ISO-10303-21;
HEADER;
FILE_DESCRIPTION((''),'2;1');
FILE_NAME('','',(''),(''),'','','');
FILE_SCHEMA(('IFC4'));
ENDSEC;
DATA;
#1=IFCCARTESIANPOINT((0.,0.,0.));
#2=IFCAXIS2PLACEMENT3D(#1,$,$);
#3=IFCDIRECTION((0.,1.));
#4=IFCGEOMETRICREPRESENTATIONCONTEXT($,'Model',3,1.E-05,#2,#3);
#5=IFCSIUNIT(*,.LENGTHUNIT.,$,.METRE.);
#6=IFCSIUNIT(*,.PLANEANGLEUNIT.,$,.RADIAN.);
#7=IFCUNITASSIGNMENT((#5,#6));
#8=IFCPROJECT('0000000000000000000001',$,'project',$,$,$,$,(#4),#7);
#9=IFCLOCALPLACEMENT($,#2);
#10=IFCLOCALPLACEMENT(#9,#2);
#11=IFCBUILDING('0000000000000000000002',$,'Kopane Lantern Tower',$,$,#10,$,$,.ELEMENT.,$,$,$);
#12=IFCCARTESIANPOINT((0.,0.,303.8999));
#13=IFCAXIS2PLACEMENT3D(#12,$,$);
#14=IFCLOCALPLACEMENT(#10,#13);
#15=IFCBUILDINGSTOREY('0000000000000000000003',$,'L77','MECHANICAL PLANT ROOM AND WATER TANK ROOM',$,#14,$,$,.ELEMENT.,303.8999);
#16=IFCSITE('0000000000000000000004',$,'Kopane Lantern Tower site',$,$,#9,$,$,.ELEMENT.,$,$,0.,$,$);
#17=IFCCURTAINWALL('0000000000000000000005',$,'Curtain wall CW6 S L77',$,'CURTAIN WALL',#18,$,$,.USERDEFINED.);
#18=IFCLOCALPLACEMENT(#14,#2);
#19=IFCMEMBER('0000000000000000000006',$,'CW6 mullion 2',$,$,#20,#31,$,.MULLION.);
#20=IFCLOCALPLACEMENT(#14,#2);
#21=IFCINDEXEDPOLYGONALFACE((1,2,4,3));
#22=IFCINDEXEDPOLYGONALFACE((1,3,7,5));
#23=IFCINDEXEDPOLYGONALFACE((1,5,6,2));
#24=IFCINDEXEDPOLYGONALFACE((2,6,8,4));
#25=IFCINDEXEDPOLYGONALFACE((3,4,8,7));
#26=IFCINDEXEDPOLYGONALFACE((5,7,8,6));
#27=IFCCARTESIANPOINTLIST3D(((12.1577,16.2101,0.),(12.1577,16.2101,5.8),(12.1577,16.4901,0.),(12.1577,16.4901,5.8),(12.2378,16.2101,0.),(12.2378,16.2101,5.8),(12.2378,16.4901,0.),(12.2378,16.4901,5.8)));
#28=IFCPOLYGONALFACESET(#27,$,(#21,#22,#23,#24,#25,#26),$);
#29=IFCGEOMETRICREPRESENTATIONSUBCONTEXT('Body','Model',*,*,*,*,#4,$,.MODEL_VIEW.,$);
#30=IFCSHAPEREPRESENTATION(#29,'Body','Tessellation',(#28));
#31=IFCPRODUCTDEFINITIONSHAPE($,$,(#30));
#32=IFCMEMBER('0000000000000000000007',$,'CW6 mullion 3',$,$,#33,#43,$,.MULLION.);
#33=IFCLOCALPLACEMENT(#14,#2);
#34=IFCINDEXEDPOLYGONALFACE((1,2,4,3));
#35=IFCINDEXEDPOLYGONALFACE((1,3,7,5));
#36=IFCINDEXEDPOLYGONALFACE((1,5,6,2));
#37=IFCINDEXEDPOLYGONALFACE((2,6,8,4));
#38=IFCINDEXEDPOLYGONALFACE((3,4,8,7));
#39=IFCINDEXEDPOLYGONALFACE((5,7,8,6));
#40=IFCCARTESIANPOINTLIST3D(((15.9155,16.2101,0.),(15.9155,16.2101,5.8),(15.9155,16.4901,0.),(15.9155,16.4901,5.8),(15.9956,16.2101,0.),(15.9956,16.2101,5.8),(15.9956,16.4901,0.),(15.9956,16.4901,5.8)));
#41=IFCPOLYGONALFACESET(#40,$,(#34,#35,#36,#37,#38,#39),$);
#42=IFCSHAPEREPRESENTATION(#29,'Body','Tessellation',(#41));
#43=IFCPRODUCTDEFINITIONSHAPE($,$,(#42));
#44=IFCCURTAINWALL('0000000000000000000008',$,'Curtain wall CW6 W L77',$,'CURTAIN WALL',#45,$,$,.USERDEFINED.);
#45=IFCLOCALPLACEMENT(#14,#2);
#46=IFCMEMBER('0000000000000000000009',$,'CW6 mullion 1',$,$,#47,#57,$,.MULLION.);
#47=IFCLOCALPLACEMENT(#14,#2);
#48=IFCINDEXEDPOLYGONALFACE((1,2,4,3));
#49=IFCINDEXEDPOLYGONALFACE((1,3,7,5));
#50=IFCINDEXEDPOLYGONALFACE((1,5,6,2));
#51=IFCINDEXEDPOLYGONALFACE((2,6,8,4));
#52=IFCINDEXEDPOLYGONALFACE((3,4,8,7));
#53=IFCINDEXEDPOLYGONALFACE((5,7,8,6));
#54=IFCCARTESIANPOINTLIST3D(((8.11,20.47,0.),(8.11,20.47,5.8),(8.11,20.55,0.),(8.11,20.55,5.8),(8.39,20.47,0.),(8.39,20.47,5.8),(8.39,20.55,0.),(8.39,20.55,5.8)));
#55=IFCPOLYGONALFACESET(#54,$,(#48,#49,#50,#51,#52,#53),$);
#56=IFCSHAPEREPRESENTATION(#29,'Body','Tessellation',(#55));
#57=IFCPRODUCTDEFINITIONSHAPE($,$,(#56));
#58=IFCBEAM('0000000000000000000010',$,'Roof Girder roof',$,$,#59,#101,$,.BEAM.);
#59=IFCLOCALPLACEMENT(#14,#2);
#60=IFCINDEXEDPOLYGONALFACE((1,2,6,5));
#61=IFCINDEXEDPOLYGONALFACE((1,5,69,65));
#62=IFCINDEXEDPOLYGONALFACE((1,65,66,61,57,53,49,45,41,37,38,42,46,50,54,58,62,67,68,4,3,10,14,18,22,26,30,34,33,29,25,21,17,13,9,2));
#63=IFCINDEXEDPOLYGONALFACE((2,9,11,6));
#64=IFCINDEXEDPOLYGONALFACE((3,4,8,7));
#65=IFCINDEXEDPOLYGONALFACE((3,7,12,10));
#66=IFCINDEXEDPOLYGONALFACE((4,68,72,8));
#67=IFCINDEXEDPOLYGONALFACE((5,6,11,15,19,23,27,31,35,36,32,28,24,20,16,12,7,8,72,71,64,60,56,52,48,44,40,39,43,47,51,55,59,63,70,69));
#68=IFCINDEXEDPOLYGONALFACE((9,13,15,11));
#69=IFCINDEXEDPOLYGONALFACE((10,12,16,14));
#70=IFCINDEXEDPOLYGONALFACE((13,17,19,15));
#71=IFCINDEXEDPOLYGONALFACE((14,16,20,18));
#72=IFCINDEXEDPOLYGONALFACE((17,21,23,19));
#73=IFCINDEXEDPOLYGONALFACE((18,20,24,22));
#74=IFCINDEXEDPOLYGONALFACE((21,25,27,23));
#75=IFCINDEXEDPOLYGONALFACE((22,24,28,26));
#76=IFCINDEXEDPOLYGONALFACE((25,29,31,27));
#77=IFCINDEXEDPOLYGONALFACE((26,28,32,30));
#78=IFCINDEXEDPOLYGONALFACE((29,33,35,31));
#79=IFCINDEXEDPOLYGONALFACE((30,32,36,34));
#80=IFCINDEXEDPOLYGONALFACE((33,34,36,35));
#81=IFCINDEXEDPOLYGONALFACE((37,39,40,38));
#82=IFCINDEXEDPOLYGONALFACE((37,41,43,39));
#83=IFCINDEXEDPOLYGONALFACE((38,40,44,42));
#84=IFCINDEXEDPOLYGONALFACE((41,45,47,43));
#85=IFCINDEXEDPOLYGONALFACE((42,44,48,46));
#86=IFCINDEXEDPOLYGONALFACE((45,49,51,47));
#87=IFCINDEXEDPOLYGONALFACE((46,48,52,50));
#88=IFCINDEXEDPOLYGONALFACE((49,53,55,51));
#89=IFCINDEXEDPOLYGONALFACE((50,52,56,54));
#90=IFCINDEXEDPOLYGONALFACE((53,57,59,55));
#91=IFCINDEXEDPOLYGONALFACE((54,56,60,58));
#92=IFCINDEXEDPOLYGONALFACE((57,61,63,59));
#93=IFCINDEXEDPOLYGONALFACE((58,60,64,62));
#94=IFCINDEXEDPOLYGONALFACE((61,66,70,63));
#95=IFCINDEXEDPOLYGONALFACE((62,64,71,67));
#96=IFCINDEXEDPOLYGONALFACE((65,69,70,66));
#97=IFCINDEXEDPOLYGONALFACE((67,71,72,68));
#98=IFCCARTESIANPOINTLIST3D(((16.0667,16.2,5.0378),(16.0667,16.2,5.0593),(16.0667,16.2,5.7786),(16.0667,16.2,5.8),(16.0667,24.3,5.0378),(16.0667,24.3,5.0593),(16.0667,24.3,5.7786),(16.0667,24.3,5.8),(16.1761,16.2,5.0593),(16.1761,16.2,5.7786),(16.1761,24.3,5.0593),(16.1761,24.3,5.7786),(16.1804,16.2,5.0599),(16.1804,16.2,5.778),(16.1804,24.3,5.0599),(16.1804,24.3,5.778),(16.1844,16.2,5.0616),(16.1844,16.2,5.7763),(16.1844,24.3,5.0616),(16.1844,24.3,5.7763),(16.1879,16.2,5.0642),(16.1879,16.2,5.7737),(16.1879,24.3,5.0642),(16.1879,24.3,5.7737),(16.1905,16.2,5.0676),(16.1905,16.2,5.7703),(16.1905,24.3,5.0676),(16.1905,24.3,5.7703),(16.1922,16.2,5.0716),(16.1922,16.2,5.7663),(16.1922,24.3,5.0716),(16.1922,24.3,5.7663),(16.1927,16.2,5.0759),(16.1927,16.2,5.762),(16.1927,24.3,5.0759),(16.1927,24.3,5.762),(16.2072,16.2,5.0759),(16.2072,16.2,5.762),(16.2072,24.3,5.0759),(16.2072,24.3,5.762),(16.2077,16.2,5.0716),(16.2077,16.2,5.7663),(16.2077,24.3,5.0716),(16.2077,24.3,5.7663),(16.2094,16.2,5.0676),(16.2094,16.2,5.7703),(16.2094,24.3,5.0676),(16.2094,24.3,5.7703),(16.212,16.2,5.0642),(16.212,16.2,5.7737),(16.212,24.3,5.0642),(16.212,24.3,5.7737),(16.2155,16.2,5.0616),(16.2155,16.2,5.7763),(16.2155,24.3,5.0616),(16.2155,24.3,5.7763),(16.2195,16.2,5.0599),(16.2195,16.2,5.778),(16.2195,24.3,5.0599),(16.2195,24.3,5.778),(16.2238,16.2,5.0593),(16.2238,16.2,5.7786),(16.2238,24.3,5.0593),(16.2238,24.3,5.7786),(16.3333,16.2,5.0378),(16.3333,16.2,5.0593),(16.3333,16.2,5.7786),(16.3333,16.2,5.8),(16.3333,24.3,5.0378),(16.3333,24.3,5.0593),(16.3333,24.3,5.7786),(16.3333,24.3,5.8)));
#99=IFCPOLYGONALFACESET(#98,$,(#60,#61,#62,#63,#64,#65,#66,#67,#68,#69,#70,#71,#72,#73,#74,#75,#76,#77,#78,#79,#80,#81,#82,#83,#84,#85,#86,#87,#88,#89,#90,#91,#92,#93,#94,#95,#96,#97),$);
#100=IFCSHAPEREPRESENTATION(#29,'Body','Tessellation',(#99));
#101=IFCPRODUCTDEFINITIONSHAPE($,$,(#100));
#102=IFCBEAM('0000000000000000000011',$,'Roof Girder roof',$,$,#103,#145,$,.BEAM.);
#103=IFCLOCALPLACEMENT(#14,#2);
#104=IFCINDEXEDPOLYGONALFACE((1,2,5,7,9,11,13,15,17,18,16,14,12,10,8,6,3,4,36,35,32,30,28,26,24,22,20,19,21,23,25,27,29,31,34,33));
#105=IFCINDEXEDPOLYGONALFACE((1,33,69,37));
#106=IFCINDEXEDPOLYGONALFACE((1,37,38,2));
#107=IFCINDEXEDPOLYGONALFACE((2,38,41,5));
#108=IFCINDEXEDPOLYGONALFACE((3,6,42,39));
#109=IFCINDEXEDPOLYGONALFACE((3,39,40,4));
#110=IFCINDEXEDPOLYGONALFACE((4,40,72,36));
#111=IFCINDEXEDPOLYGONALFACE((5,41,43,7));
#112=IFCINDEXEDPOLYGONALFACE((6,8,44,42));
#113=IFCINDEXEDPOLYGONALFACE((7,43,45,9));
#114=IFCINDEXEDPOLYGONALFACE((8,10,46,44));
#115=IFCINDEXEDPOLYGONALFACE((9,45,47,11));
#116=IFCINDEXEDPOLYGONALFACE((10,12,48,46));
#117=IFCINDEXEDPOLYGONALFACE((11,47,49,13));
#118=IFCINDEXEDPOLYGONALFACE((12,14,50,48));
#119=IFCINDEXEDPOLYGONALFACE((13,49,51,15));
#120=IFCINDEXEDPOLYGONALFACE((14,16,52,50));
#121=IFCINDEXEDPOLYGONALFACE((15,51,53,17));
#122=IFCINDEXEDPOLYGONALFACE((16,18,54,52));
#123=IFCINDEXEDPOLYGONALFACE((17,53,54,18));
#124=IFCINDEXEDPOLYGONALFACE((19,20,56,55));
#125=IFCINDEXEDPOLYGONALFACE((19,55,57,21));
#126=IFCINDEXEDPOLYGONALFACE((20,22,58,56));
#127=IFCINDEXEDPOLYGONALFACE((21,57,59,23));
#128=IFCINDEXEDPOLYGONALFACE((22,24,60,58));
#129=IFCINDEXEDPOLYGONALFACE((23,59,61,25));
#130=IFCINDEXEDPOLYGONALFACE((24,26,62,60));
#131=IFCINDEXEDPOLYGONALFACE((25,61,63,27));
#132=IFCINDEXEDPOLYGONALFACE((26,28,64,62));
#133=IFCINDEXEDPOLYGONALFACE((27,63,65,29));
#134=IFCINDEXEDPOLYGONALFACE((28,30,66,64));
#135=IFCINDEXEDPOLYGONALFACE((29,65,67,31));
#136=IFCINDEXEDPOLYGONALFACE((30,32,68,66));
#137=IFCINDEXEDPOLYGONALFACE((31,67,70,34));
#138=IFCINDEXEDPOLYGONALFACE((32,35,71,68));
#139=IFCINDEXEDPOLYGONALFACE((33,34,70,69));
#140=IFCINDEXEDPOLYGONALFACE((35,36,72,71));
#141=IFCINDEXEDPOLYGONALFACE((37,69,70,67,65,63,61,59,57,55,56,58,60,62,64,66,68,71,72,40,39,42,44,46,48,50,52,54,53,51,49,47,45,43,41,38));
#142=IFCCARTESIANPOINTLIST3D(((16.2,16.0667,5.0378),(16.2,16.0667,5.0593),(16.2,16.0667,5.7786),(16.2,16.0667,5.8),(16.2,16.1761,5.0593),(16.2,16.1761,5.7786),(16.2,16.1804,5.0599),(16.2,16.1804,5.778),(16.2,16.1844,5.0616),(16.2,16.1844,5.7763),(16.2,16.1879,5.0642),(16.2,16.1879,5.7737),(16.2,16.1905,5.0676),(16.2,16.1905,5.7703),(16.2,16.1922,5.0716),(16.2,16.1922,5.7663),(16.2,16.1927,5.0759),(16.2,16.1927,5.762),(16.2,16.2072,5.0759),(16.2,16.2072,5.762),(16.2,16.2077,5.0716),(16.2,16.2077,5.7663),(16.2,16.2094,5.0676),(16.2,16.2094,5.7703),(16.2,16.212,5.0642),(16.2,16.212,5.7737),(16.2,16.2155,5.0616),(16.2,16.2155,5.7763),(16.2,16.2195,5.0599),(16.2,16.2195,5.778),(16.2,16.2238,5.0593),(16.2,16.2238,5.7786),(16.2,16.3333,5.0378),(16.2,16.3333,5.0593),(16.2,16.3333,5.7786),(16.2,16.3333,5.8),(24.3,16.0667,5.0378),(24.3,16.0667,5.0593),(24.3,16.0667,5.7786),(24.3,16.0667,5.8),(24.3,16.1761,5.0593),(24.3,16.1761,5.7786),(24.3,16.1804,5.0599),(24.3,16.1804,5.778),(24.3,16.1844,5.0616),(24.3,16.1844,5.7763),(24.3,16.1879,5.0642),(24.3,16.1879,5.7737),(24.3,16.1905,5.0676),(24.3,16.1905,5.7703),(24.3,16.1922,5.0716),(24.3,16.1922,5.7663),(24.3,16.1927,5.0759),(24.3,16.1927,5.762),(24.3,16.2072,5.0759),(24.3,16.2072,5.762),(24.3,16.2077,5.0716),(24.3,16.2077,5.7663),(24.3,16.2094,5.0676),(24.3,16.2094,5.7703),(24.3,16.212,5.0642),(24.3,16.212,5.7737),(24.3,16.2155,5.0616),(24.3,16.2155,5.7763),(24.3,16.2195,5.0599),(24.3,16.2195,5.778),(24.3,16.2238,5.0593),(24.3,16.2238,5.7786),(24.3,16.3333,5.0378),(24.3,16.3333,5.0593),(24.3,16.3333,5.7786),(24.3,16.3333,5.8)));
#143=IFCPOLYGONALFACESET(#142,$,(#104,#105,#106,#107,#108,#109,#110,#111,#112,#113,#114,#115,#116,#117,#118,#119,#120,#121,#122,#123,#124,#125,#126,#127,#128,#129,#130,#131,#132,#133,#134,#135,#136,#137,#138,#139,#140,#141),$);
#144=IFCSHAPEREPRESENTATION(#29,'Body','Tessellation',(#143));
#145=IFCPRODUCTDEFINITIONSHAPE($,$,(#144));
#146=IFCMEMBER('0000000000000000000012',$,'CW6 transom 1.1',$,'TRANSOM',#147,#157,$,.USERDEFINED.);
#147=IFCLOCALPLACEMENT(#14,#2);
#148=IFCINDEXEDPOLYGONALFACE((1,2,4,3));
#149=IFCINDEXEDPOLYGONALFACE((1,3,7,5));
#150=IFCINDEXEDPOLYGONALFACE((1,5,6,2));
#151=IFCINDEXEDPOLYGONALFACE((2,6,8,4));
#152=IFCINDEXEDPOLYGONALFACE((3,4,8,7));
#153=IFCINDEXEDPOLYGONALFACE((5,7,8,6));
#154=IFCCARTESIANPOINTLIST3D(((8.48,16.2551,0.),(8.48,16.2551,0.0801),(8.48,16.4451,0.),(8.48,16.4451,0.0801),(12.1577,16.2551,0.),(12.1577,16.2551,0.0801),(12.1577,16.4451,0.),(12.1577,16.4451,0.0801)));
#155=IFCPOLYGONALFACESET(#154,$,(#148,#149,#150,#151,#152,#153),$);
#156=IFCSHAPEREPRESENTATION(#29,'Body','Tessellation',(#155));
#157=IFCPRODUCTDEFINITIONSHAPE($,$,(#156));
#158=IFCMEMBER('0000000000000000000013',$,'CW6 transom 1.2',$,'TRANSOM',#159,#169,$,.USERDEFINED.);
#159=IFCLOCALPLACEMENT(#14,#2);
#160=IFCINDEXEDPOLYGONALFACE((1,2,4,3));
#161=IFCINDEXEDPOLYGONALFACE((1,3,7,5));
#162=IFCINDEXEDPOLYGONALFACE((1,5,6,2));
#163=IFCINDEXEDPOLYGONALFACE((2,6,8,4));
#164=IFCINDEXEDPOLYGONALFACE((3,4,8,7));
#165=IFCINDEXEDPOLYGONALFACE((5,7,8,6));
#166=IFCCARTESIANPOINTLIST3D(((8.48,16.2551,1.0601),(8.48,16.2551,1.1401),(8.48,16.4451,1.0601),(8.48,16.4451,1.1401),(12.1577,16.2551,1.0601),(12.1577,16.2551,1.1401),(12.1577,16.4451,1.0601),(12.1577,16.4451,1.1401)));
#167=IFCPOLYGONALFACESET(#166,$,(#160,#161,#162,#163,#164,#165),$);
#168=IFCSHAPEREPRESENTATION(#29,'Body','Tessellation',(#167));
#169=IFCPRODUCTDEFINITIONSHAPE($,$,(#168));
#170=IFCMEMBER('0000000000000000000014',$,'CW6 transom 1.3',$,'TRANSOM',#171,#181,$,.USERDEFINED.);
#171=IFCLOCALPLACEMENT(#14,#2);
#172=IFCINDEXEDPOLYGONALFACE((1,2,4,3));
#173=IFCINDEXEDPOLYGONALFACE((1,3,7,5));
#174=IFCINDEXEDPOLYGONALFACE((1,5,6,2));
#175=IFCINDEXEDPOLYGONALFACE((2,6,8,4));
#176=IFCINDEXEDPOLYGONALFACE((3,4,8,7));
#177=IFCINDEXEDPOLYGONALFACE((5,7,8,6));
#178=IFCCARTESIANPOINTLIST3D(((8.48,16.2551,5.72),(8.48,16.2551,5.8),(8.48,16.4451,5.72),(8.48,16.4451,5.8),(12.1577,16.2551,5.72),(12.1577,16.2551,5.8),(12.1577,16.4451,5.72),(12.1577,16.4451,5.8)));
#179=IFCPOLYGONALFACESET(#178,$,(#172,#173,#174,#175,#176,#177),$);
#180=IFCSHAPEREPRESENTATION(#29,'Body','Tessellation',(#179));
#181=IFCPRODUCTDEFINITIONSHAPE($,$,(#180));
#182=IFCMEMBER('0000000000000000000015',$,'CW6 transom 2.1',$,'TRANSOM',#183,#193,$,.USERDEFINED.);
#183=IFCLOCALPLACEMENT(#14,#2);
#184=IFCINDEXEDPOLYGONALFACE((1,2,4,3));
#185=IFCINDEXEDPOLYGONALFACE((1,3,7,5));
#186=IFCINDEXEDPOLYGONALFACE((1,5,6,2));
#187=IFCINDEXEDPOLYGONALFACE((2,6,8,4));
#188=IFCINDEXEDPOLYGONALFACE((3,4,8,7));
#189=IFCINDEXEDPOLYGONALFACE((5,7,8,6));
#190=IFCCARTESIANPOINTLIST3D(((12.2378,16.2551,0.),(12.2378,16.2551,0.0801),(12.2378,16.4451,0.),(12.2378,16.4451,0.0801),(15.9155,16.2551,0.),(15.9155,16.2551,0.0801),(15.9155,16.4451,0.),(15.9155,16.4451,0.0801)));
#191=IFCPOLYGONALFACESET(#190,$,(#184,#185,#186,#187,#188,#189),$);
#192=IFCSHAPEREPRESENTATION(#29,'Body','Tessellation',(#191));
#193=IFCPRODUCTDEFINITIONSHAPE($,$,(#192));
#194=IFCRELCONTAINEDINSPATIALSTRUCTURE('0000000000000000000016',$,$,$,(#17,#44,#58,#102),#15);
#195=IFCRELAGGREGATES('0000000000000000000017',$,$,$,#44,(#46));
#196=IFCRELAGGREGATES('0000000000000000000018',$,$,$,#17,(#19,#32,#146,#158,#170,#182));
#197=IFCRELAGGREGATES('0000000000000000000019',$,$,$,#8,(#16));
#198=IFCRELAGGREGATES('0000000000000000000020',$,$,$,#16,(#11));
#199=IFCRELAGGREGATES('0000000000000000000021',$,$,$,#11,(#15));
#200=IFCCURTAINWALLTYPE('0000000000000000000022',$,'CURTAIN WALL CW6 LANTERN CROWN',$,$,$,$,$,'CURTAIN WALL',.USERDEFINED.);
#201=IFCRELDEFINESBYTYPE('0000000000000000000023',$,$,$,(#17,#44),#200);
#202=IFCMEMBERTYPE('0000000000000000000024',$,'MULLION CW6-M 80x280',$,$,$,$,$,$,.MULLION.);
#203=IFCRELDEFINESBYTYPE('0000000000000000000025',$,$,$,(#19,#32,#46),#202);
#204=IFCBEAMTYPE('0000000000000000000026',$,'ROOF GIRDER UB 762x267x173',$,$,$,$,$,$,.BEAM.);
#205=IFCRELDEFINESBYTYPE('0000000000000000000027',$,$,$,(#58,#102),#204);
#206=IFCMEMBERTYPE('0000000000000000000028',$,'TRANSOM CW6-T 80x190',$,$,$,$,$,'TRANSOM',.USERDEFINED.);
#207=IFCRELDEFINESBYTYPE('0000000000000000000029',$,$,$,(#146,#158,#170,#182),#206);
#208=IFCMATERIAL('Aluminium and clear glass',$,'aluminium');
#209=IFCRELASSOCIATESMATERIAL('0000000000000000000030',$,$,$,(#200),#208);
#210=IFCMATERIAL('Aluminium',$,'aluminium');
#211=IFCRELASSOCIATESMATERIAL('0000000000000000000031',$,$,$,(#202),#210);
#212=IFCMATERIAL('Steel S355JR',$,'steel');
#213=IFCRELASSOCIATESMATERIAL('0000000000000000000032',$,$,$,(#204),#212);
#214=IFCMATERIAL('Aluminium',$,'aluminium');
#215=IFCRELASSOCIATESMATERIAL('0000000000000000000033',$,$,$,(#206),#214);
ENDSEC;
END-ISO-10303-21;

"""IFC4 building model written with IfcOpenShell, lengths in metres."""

from ifc_helpers import new_model, si_unit, direction, frame, origin, origin_2d, place, context, subcontext, project, spatial, rectangle, i_section, extrude, material, material_profile, profile_set, type_object, element, aggregate, save


model = new_model("IFC4")

# Units and contexts
model_context = context("Model", 3, precision=1e-05, world=origin(), true_north=direction((0.0, 1.0)))
body_context = subcontext(model_context, "Body", "Model", "MODEL_VIEW")
ifc_project = project(units=[si_unit("LENGTHUNIT", "METRE"), si_unit("PLANEANGLEUNIT", "RADIAN")], contexts=[model_context])

# Site, building, storey
site_placement = place(None, origin())
site = spatial("IfcSite", under=ifc_project, at=site_placement, Name="Kopane Lantern Tower site", CompositionType="ELEMENT", RefElevation=0.0)
building_placement = place(site_placement, origin())
building = spatial("IfcBuilding", under=site, at=building_placement, Name="Kopane Lantern Tower", CompositionType="ELEMENT")
storey_placement = place(building_placement, frame((0.0, 0.0, 303.8999)))
storey = spatial("IfcBuildingStorey", under=building, at=storey_placement, Name="L77", Description="MECHANICAL PLANT ROOM AND WATER TANK ROOM", CompositionType="ELEMENT", Elevation=303.8999)

# Curtain wall, members
ifc_material_1 = material(Name="Aluminium and clear glass", Category="aluminium")
curtain_wall_type = type_object("IfcCurtainWallType", Name="CURTAIN WALL CW6 LANTERN CROWN", ElementType="CURTAIN WALL", PredefinedType="USERDEFINED", material=ifc_material_1)
curtain_wall_1_placement = place(storey_placement, origin())
curtain_wall_1 = element("IfcCurtainWall", 1, at=curtain_wall_1_placement, inside=storey, type_object=curtain_wall_type, Name="Curtain wall CW6 S L77", ObjectType="CURTAIN WALL", PredefinedType="USERDEFINED")
ifc_material_2 = material(Name="Aluminium", Category="aluminium")
ifc_material_profile_1 = material_profile(ifc_material_2, rectangle(XDim=0.0801, YDim=0.28, at=origin_2d()), Name="AL 80x280")
ifc_profile_set_1 = profile_set([ifc_material_profile_1], Name="Aluminium")
member_type_1 = type_object("IfcMemberType", Name="MULLION CW6-M 80x280", PredefinedType="MULLION", material=ifc_profile_set_1)
member_1_placement = place(storey_placement, frame((12.1978, 16.3501, 0.0), z_axis=(0.0, 0.0, 1.0), x_axis=(1.0, 0.0, 0.0)))
member_1 = element("IfcMember", 2, at=member_1_placement, type_object=member_type_1, Name="CW6 mullion 2", PredefinedType="MULLION", context=body_context, shape_type="SweptSolid", body=[
    extrude(rectangle(XDim=0.0801, YDim=0.28, at=origin_2d()), origin(), (0.0, 0.0, 1.0), 5.8),
])
member_2_placement = place(storey_placement, frame((15.9556, 16.3501, 0.0), z_axis=(0.0, 0.0, 1.0), x_axis=(1.0, 0.0, 0.0)))
member_2 = element("IfcMember", 3, at=member_2_placement, type_object=member_type_1, Name="CW6 mullion 3", PredefinedType="MULLION", context=body_context, shape_type="SweptSolid", body=[
    extrude(rectangle(XDim=0.0801, YDim=0.28, at=origin_2d()), origin(), (0.0, 0.0, 1.0), 5.8),
])

# Curtain wall, member
curtain_wall_2_placement = place(storey_placement, origin())
curtain_wall_2 = element("IfcCurtainWall", 4, at=curtain_wall_2_placement, inside=storey, type_object=curtain_wall_type, Name="Curtain wall CW6 W L77", ObjectType="CURTAIN WALL", PredefinedType="USERDEFINED")
member_3_placement = place(storey_placement, frame((8.25, 20.51, 0.0), z_axis=(0.0, 0.0, 1.0), x_axis=(0.0, -1.0, 0.0)))
member_3 = element("IfcMember", 5, at=member_3_placement, type_object=member_type_1, Name="CW6 mullion 1", PredefinedType="MULLION", context=body_context, shape_type="SweptSolid", body=[
    extrude(rectangle(XDim=0.0801, YDim=0.28, at=origin_2d()), origin(), (0.0, 0.0, 1.0), 5.8),
])
aggregate(curtain_wall_2, [member_3])

# Beams
ifc_material_3 = material(Name="Steel S355JR", Category="steel")
ifc_material_profile_2 = material_profile(ifc_material_3, i_section(OverallWidth=0.2666, OverallDepth=0.7622, WebThickness=0.0144, FlangeThickness=0.0215, FilletRadius=0.0166, at=origin_2d()), Name="UB 762x267x173")
ifc_profile_set_2 = profile_set([ifc_material_profile_2], Name="Steel S355JR")
beam_type_1 = type_object("IfcBeamType", Name="ROOF GIRDER UB 762x267x173", PredefinedType="BEAM", material=ifc_profile_set_2)
for number, where, z_axis, x_axis, name in (
    (6, (16.2, 16.2, 5.4189), (0.0, 1.0, 0.0), (-1.0, 0.0, 0.0), "Roof Girder roof"),
    (7, (16.2, 16.2, 5.4189), (1.0, 0.0, 0.0), (0.0, 1.0, 0.0), "Roof Girder roof"),
):
    element("IfcBeam", number, at=place(storey_placement, frame(where, z_axis=z_axis, x_axis=x_axis)), inside=storey, type_object=beam_type_1, Name=name, PredefinedType="BEAM", context=body_context, shape_type="SweptSolid", body=[
        extrude(i_section(OverallWidth=0.2666, OverallDepth=0.7622, WebThickness=0.0144, FlangeThickness=0.0215, FilletRadius=0.0166, at=origin_2d()), origin(), (0.0, 0.0, 1.0), 8.1001),
    ])

# Members
ifc_material_4 = material(Name="Aluminium", Category="aluminium")
ifc_material_profile_3 = material_profile(ifc_material_4, rectangle(XDim=0.1899, YDim=0.0801, at=origin_2d()), Name="AL 190x80")
ifc_profile_set_3 = profile_set([ifc_material_profile_3], Name="Aluminium")
member_type_2 = type_object("IfcMemberType", Name="TRANSOM CW6-T 80x190", ElementType="TRANSOM", PredefinedType="USERDEFINED", material=ifc_profile_set_3)
member_4_placement = place(storey_placement, frame((8.48, 16.3501, 0.04), z_axis=(1.0, 0.0, 0.0), x_axis=(0.0, 1.0, 0.0)))
member_4 = element("IfcMember", 8, at=member_4_placement, type_object=member_type_2, Name="CW6 transom 1.1", ObjectType="TRANSOM", PredefinedType="USERDEFINED", context=body_context, shape_type="SweptSolid", body=[
    extrude(rectangle(XDim=0.1899, YDim=0.0801, at=origin_2d()), origin(), (0.0, 0.0, 1.0), 3.6777),
])
member_5_placement = place(storey_placement, frame((8.48, 16.3501, 1.1001), z_axis=(1.0, 0.0, 0.0), x_axis=(0.0, 1.0, 0.0)))
member_5 = element("IfcMember", 9, at=member_5_placement, type_object=member_type_2, Name="CW6 transom 1.2", ObjectType="TRANSOM", PredefinedType="USERDEFINED", context=body_context, shape_type="SweptSolid", body=[
    extrude(rectangle(XDim=0.1899, YDim=0.0801, at=origin_2d()), origin(), (0.0, 0.0, 1.0), 3.6777),
])
member_6_placement = place(storey_placement, frame((8.48, 16.3501, 5.76), z_axis=(1.0, 0.0, 0.0), x_axis=(0.0, 1.0, 0.0)))
member_6 = element("IfcMember", 10, at=member_6_placement, type_object=member_type_2, Name="CW6 transom 1.3", ObjectType="TRANSOM", PredefinedType="USERDEFINED", context=body_context, shape_type="SweptSolid", body=[
    extrude(rectangle(XDim=0.1899, YDim=0.0801, at=origin_2d()), origin(), (0.0, 0.0, 1.0), 3.6777),
])
member_7_placement = place(storey_placement, frame((12.2378, 16.3501, 0.04), z_axis=(1.0, 0.0, 0.0), x_axis=(0.0, 1.0, 0.0)))
member_7 = element("IfcMember", 11, at=member_7_placement, type_object=member_type_2, Name="CW6 transom 2.1", ObjectType="TRANSOM", PredefinedType="USERDEFINED", context=body_context, shape_type="SweptSolid", body=[
    extrude(rectangle(XDim=0.1899, YDim=0.0801, at=origin_2d()), origin(), (0.0, 0.0, 1.0), 3.6777),
])

aggregate(curtain_wall_1, [member_1, member_2, member_4, member_5, member_6, member_7])

save(model, "model.ifc")
